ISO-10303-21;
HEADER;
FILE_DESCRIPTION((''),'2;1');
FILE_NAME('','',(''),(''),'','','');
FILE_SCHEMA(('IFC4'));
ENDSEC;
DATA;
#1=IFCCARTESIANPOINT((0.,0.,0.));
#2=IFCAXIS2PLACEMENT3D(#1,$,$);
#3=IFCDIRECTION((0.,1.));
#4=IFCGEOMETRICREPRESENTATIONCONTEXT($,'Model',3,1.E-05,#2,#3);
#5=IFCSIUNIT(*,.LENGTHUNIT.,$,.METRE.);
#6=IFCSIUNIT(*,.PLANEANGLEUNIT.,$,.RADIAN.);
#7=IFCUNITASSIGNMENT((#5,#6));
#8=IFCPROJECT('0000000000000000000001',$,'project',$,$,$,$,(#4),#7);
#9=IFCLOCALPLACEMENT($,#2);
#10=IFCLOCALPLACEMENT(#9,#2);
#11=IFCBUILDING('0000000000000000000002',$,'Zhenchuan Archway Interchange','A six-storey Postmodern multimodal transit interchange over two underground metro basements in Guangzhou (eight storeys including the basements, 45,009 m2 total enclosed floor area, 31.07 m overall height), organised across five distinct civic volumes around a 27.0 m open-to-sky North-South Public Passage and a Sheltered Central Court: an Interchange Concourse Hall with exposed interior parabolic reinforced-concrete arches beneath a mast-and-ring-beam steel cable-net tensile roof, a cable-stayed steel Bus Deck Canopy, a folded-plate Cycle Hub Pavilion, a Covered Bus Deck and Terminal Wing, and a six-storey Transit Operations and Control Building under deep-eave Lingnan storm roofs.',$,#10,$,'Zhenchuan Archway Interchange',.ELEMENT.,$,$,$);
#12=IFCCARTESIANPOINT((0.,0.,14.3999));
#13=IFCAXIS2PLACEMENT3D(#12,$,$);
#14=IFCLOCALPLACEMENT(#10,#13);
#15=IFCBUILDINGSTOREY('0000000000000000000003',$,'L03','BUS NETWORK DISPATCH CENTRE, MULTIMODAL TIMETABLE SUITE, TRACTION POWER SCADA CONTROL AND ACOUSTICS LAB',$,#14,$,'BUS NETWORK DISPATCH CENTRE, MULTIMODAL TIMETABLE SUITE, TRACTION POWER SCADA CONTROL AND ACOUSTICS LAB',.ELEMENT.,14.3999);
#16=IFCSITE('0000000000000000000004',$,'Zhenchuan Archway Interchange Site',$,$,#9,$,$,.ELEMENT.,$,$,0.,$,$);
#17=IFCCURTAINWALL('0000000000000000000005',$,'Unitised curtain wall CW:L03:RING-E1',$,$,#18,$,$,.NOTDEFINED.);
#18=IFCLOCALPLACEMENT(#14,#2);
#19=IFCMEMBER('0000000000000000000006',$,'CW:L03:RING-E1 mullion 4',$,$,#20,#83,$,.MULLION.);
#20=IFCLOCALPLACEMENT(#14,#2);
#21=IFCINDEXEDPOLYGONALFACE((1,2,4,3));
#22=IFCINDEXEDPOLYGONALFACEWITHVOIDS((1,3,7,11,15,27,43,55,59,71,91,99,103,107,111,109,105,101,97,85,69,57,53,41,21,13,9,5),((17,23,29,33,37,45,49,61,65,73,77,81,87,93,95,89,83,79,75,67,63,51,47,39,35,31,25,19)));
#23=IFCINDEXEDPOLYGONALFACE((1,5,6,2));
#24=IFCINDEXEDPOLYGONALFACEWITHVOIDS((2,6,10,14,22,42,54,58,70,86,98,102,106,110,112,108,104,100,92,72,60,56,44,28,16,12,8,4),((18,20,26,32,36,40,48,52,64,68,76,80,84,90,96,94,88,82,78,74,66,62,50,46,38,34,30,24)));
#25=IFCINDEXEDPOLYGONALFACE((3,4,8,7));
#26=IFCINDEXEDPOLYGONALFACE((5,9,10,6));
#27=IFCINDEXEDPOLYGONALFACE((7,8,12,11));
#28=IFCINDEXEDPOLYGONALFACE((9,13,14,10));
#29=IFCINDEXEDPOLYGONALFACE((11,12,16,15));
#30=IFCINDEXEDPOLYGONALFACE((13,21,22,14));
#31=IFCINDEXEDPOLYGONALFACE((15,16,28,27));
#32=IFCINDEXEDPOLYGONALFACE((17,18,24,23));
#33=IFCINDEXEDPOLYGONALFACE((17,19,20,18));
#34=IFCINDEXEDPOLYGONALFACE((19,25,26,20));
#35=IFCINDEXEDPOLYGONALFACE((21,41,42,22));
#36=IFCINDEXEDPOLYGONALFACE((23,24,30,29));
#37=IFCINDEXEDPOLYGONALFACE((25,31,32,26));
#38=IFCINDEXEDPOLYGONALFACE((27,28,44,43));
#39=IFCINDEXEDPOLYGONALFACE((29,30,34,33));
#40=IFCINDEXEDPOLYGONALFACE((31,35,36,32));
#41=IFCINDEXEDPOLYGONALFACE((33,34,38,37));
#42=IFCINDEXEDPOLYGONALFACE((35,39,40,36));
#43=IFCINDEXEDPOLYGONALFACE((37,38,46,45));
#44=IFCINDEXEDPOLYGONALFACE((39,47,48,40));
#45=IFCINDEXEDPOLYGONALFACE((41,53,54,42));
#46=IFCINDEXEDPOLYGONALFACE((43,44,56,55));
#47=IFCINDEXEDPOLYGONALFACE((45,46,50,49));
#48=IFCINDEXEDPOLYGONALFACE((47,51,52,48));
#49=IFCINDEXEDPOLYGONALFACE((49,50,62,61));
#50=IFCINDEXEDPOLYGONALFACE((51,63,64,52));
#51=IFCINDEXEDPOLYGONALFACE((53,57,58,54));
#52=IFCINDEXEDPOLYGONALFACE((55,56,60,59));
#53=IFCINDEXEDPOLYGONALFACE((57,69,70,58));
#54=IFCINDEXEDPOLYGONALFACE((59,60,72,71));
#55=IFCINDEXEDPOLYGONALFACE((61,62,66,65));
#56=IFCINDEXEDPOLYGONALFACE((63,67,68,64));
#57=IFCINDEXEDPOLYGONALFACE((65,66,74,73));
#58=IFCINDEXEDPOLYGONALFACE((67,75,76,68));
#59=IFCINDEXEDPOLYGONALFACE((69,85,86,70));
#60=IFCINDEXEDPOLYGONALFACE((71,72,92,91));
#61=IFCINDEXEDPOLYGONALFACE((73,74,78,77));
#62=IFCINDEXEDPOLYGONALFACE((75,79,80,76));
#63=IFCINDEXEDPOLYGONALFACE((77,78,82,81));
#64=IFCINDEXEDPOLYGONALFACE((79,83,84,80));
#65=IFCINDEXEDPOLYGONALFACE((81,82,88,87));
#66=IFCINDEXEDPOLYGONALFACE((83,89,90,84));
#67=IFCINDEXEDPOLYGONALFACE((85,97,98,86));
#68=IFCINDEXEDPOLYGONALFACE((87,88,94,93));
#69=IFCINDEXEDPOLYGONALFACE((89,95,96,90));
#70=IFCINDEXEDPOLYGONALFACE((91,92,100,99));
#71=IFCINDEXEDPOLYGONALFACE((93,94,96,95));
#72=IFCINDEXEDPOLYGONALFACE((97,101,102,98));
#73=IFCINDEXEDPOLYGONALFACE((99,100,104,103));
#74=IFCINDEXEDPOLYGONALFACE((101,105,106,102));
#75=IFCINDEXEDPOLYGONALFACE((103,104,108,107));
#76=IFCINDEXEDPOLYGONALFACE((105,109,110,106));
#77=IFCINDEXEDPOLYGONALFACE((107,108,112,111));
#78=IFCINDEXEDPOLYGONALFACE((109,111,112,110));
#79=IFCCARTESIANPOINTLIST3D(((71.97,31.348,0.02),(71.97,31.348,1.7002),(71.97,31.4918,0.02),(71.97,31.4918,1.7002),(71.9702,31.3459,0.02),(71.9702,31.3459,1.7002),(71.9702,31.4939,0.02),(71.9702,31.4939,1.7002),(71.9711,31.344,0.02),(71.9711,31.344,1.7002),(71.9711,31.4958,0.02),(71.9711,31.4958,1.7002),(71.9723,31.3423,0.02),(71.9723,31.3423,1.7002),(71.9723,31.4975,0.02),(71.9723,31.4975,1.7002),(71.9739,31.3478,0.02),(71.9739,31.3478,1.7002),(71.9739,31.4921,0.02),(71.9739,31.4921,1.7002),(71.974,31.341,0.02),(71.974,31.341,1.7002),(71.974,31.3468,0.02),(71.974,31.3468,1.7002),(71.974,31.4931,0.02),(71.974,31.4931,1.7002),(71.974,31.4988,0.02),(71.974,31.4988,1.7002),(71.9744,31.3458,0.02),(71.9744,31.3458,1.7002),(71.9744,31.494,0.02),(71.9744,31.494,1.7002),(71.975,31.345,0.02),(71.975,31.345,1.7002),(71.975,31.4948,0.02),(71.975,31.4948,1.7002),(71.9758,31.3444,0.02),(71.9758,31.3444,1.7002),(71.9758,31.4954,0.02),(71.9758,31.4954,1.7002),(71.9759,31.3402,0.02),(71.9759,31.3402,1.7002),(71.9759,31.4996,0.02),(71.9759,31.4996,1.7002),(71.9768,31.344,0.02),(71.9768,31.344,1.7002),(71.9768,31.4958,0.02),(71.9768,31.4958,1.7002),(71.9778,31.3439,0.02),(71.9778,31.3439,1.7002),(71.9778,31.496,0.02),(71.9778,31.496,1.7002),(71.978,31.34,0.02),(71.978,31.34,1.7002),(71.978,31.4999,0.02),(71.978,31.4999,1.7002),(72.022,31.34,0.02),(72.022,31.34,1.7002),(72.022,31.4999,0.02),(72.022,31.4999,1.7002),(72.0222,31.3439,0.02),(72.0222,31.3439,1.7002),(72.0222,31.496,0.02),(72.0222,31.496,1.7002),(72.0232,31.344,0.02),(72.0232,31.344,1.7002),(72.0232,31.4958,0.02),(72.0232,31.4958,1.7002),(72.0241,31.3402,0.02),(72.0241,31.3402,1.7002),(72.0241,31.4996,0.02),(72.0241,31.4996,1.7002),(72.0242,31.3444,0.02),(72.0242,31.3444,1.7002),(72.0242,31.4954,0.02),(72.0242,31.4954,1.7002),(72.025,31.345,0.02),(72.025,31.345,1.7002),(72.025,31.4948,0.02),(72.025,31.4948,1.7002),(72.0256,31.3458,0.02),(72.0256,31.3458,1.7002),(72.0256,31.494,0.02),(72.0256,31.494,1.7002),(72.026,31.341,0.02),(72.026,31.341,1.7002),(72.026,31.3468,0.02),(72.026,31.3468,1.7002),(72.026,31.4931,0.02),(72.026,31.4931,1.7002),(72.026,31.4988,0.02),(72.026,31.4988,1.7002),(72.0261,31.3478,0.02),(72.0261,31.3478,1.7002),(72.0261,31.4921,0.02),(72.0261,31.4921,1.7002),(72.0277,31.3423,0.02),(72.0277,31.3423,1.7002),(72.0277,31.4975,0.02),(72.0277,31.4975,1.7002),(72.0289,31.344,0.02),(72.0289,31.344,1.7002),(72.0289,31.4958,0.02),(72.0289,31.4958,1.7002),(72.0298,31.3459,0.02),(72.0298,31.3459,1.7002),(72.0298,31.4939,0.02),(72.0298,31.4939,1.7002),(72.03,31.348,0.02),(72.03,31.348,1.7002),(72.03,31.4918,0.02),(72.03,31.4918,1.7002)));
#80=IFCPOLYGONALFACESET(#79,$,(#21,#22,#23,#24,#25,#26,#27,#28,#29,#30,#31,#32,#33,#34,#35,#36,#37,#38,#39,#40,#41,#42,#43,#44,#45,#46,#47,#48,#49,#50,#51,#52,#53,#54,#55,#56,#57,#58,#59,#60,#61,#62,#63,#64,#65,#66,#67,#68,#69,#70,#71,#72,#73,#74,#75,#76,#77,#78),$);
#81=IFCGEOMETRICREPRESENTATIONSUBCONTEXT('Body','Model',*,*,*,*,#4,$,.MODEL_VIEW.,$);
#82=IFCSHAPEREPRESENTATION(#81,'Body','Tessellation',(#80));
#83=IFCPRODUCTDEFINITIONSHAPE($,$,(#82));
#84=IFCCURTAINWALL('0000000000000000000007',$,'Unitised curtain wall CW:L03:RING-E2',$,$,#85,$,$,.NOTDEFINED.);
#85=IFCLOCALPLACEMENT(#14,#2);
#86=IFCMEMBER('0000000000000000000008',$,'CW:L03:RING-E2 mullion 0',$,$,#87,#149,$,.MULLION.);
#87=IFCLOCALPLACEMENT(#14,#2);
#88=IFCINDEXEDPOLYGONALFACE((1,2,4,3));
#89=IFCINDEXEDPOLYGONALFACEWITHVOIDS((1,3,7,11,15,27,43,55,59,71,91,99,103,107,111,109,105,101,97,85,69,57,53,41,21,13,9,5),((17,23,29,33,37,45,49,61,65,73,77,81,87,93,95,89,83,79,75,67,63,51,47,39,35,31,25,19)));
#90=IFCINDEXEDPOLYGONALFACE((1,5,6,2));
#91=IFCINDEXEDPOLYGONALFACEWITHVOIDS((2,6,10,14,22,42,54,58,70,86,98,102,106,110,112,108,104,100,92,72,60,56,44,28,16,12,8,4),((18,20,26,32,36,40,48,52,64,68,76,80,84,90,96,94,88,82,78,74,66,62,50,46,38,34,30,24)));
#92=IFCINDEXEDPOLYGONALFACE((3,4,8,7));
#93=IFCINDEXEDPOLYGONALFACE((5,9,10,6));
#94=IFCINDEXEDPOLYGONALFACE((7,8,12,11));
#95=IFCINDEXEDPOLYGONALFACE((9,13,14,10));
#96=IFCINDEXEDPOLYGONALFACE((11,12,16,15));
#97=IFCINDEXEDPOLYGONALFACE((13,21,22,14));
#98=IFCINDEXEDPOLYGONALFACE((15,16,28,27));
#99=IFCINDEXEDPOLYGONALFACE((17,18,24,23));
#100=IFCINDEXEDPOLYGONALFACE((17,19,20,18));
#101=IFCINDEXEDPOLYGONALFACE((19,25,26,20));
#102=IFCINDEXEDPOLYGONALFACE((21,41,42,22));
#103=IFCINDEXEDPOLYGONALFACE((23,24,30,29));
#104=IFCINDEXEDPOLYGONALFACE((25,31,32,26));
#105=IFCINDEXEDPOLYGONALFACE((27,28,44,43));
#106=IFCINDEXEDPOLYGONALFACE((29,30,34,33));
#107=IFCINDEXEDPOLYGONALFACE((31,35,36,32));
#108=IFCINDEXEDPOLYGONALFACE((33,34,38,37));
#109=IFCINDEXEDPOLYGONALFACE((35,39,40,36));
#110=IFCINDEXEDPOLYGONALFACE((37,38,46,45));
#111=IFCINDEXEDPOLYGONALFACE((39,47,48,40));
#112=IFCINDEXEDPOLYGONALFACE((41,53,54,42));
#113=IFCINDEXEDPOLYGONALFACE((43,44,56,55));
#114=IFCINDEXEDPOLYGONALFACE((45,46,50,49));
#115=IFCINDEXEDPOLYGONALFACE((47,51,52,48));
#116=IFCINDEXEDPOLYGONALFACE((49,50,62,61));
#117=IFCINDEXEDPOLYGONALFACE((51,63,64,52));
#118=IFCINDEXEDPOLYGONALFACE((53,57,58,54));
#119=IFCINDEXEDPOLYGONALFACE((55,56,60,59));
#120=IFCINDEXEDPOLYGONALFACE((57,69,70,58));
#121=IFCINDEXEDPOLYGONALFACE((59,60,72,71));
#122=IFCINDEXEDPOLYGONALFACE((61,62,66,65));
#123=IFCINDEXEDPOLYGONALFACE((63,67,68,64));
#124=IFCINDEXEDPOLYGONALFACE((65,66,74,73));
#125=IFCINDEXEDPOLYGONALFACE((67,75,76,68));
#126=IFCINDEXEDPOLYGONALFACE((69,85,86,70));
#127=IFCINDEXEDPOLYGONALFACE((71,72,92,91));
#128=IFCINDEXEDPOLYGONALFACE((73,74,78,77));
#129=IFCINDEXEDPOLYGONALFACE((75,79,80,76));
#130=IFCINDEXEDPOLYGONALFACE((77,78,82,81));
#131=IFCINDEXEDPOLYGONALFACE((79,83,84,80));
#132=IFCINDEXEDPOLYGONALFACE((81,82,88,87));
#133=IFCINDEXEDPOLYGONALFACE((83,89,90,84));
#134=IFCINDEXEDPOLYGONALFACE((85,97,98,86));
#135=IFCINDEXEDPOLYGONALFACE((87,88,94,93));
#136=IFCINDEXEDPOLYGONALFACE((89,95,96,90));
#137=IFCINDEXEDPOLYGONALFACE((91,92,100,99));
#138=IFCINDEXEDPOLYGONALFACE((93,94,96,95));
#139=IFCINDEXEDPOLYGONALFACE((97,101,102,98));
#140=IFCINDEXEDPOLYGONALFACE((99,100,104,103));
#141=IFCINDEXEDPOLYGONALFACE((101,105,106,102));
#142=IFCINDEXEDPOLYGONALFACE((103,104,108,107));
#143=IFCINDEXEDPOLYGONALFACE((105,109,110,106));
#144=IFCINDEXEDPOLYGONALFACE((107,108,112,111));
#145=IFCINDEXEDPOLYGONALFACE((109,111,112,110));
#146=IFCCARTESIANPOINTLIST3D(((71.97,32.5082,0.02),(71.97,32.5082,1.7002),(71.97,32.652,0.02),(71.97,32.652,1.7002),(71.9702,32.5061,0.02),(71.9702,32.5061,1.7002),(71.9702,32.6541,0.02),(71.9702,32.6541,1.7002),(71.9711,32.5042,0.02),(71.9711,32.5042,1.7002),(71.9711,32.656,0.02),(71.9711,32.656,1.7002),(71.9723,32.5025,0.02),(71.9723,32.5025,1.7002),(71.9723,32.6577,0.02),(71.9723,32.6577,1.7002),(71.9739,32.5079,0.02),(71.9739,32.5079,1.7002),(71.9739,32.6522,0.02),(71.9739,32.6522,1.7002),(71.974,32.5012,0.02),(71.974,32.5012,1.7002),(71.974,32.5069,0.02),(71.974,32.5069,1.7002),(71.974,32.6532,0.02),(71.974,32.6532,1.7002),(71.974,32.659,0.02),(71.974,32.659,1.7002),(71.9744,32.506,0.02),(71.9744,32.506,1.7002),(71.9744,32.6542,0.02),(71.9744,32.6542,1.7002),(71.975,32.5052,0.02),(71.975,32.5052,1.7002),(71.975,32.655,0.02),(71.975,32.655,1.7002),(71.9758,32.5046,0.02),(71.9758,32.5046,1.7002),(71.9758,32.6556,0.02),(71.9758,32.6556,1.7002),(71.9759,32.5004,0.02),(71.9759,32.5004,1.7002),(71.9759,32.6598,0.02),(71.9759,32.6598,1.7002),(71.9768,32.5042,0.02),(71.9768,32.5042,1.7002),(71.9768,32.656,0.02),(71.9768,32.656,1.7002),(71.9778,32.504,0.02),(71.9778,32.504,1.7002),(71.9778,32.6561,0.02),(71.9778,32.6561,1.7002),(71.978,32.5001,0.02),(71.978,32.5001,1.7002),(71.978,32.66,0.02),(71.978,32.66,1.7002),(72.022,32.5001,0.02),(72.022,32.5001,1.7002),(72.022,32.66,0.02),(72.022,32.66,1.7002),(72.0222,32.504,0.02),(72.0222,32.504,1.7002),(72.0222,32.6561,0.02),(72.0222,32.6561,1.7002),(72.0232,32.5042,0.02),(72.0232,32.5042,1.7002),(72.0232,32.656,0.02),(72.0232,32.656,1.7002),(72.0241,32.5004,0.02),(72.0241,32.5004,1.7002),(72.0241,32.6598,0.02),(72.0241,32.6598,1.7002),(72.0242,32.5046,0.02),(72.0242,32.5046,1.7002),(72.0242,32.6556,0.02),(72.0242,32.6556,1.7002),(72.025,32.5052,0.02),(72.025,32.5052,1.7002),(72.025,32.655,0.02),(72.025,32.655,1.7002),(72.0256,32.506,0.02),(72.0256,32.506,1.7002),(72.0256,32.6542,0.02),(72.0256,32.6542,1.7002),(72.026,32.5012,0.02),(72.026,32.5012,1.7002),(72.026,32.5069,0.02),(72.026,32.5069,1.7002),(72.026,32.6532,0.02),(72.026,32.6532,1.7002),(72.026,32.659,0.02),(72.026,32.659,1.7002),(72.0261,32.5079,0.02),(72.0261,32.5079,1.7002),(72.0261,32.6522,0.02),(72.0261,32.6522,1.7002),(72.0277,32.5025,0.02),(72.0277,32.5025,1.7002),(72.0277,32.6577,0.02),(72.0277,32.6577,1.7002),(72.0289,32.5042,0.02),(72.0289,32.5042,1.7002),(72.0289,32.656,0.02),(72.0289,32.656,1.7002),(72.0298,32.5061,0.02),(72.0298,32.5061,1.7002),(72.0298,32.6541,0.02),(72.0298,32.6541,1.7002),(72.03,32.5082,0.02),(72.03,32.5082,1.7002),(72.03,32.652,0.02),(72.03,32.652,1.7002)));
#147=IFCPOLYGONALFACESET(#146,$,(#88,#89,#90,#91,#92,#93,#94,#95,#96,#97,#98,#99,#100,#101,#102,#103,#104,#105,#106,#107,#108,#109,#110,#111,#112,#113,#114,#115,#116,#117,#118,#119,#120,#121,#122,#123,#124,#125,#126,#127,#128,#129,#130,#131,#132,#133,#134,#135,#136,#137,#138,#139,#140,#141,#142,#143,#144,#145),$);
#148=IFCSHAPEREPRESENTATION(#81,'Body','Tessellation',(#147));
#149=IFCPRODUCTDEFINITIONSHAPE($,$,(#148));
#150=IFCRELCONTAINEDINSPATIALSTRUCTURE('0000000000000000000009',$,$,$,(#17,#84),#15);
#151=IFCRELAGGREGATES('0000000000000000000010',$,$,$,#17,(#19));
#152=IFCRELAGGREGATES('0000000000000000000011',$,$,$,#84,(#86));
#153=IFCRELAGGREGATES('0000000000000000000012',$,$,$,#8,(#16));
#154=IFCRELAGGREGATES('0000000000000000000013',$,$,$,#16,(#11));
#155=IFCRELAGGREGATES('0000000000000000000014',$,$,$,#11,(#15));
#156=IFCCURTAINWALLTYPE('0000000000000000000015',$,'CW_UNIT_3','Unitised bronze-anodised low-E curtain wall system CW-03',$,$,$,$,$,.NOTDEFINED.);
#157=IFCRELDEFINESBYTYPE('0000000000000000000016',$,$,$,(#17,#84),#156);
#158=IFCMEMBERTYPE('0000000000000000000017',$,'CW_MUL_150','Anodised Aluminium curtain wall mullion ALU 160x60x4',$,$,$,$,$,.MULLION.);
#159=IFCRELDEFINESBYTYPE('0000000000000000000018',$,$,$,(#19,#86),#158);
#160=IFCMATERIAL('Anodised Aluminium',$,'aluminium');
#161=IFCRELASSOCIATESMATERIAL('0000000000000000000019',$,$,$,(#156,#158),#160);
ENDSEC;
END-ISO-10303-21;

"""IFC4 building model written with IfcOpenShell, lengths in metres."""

from ifc_helpers import new_model, si_unit, direction, frame, origin, origin_2d, place, context, subcontext, project, spatial, hollow_rectangle, extrude, material, material_profile, profile_set, type_object, element, aggregate, save


model = new_model("IFC4")

# Units and contexts
model_context = context("Model", 3, precision=1e-05, world=origin(), true_north=direction((0.0, 1.0)))
body_context = subcontext(model_context, "Body", "Model", "MODEL_VIEW")
ifc_project = project(units=[si_unit("LENGTHUNIT", "METRE"), si_unit("PLANEANGLEUNIT", "RADIAN")], contexts=[model_context])

# Site, building, storey
site_placement = place(None, origin())
site = spatial("IfcSite", under=ifc_project, at=site_placement, Name="Zhenchuan Archway Interchange Site", CompositionType="ELEMENT", RefElevation=0.0)
building_placement = place(site_placement, origin())
building = spatial("IfcBuilding", under=site, at=building_placement, Name="Zhenchuan Archway Interchange", Description="A six-storey Postmodern multimodal transit interchange over two underground metro basements in Guangzhou (eight storeys including the basements, 45,009 m2 total enclosed floor area, 31.07 m overall height), organised across five distinct civic volumes around a 27.0 m open-to-sky North-South Public Passage and a Sheltered Central Court: an Interchange Concourse Hall with exposed interior parabolic reinforced-concrete arches beneath a mast-and-ring-beam steel cable-net tensile roof, a cable-stayed steel Bus Deck Canopy, a folded-plate Cycle Hub Pavilion, a Covered Bus Deck and Terminal Wing, and a six-storey Transit Operations and Control Building under deep-eave Lingnan storm roofs.", LongName="Zhenchuan Archway Interchange", CompositionType="ELEMENT")
storey_placement = place(building_placement, frame((0.0, 0.0, 14.3999)))
storey = spatial("IfcBuildingStorey", under=building, at=storey_placement, Name="L03", Description="BUS NETWORK DISPATCH CENTRE, MULTIMODAL TIMETABLE SUITE, TRACTION POWER SCADA CONTROL AND ACOUSTICS LAB", LongName="BUS NETWORK DISPATCH CENTRE, MULTIMODAL TIMETABLE SUITE, TRACTION POWER SCADA CONTROL AND ACOUSTICS LAB", CompositionType="ELEMENT", Elevation=14.3999)

# Curtain walls, members
ifc_material_1 = material(Name="Anodised Aluminium", Category="aluminium")
curtain_wall_type = type_object("IfcCurtainWallType", Name="CW_UNIT_3", Description="Unitised bronze-anodised low-E curtain wall system CW-03", PredefinedType="NOTDEFINED", material=ifc_material_1)
curtain_wall_1_placement = place(storey_placement, origin())
curtain_wall_1 = element("IfcCurtainWall", 1, at=curtain_wall_1_placement, inside=storey, type_object=curtain_wall_type, Name="Unitised curtain wall CW:L03:RING-E1", PredefinedType="NOTDEFINED")
ifc_material_profile_1 = material_profile(ifc_material_1, hollow_rectangle(XDim=0.0601, YDim=0.1599, WallThickness=0.0039, InnerFilletRadius=0.0039, OuterFilletRadius=0.0081, at=origin_2d()), Name="ALU 160x60x4")
ifc_profile_set_1 = profile_set([ifc_material_profile_1], Name="Anodised Aluminium")
member_type_1 = type_object("IfcMemberType", Name="CW_MUL_150", Description="Anodised Aluminium curtain wall mullion ALU 160x60x4", PredefinedType="MULLION", material=ifc_profile_set_1)
member_1_placement = place(storey_placement, frame((72.0, 31.4199, 0.02), z_axis=(0.0, 0.0, 1.0), x_axis=(1.0, 0.0, 0.0)))
member_1 = element("IfcMember", 2, at=member_1_placement, type_object=member_type_1, Name="CW:L03:RING-E1 mullion 4", PredefinedType="MULLION", context=body_context, shape_type="SweptSolid", body=[
    extrude(hollow_rectangle(XDim=0.0601, YDim=0.1599, WallThickness=0.0039, InnerFilletRadius=0.0039, OuterFilletRadius=0.0081, at=origin_2d()), origin(), (0.0, 0.0, 1.0), 1.6802),
])
curtain_wall_2_placement = place(storey_placement, origin())
curtain_wall_2 = element("IfcCurtainWall", 3, at=curtain_wall_2_placement, inside=storey, type_object=curtain_wall_type, Name="Unitised curtain wall CW:L03:RING-E2", PredefinedType="NOTDEFINED")
member_2_placement = place(storey_placement, frame((72.0, 32.5801, 0.02), z_axis=(0.0, 0.0, 1.0), x_axis=(1.0, 0.0, 0.0)))
member_2 = element("IfcMember", 4, at=member_2_placement, type_object=member_type_1, Name="CW:L03:RING-E2 mullion 0", PredefinedType="MULLION", context=body_context, shape_type="SweptSolid", body=[
    extrude(hollow_rectangle(XDim=0.0601, YDim=0.1599, WallThickness=0.0039, InnerFilletRadius=0.0039, OuterFilletRadius=0.0081, at=origin_2d()), origin(), (0.0, 0.0, 1.0), 1.6802),
])

aggregate(curtain_wall_1, [member_1])
aggregate(curtain_wall_2, [member_2])

save(model, "model.ifc")
